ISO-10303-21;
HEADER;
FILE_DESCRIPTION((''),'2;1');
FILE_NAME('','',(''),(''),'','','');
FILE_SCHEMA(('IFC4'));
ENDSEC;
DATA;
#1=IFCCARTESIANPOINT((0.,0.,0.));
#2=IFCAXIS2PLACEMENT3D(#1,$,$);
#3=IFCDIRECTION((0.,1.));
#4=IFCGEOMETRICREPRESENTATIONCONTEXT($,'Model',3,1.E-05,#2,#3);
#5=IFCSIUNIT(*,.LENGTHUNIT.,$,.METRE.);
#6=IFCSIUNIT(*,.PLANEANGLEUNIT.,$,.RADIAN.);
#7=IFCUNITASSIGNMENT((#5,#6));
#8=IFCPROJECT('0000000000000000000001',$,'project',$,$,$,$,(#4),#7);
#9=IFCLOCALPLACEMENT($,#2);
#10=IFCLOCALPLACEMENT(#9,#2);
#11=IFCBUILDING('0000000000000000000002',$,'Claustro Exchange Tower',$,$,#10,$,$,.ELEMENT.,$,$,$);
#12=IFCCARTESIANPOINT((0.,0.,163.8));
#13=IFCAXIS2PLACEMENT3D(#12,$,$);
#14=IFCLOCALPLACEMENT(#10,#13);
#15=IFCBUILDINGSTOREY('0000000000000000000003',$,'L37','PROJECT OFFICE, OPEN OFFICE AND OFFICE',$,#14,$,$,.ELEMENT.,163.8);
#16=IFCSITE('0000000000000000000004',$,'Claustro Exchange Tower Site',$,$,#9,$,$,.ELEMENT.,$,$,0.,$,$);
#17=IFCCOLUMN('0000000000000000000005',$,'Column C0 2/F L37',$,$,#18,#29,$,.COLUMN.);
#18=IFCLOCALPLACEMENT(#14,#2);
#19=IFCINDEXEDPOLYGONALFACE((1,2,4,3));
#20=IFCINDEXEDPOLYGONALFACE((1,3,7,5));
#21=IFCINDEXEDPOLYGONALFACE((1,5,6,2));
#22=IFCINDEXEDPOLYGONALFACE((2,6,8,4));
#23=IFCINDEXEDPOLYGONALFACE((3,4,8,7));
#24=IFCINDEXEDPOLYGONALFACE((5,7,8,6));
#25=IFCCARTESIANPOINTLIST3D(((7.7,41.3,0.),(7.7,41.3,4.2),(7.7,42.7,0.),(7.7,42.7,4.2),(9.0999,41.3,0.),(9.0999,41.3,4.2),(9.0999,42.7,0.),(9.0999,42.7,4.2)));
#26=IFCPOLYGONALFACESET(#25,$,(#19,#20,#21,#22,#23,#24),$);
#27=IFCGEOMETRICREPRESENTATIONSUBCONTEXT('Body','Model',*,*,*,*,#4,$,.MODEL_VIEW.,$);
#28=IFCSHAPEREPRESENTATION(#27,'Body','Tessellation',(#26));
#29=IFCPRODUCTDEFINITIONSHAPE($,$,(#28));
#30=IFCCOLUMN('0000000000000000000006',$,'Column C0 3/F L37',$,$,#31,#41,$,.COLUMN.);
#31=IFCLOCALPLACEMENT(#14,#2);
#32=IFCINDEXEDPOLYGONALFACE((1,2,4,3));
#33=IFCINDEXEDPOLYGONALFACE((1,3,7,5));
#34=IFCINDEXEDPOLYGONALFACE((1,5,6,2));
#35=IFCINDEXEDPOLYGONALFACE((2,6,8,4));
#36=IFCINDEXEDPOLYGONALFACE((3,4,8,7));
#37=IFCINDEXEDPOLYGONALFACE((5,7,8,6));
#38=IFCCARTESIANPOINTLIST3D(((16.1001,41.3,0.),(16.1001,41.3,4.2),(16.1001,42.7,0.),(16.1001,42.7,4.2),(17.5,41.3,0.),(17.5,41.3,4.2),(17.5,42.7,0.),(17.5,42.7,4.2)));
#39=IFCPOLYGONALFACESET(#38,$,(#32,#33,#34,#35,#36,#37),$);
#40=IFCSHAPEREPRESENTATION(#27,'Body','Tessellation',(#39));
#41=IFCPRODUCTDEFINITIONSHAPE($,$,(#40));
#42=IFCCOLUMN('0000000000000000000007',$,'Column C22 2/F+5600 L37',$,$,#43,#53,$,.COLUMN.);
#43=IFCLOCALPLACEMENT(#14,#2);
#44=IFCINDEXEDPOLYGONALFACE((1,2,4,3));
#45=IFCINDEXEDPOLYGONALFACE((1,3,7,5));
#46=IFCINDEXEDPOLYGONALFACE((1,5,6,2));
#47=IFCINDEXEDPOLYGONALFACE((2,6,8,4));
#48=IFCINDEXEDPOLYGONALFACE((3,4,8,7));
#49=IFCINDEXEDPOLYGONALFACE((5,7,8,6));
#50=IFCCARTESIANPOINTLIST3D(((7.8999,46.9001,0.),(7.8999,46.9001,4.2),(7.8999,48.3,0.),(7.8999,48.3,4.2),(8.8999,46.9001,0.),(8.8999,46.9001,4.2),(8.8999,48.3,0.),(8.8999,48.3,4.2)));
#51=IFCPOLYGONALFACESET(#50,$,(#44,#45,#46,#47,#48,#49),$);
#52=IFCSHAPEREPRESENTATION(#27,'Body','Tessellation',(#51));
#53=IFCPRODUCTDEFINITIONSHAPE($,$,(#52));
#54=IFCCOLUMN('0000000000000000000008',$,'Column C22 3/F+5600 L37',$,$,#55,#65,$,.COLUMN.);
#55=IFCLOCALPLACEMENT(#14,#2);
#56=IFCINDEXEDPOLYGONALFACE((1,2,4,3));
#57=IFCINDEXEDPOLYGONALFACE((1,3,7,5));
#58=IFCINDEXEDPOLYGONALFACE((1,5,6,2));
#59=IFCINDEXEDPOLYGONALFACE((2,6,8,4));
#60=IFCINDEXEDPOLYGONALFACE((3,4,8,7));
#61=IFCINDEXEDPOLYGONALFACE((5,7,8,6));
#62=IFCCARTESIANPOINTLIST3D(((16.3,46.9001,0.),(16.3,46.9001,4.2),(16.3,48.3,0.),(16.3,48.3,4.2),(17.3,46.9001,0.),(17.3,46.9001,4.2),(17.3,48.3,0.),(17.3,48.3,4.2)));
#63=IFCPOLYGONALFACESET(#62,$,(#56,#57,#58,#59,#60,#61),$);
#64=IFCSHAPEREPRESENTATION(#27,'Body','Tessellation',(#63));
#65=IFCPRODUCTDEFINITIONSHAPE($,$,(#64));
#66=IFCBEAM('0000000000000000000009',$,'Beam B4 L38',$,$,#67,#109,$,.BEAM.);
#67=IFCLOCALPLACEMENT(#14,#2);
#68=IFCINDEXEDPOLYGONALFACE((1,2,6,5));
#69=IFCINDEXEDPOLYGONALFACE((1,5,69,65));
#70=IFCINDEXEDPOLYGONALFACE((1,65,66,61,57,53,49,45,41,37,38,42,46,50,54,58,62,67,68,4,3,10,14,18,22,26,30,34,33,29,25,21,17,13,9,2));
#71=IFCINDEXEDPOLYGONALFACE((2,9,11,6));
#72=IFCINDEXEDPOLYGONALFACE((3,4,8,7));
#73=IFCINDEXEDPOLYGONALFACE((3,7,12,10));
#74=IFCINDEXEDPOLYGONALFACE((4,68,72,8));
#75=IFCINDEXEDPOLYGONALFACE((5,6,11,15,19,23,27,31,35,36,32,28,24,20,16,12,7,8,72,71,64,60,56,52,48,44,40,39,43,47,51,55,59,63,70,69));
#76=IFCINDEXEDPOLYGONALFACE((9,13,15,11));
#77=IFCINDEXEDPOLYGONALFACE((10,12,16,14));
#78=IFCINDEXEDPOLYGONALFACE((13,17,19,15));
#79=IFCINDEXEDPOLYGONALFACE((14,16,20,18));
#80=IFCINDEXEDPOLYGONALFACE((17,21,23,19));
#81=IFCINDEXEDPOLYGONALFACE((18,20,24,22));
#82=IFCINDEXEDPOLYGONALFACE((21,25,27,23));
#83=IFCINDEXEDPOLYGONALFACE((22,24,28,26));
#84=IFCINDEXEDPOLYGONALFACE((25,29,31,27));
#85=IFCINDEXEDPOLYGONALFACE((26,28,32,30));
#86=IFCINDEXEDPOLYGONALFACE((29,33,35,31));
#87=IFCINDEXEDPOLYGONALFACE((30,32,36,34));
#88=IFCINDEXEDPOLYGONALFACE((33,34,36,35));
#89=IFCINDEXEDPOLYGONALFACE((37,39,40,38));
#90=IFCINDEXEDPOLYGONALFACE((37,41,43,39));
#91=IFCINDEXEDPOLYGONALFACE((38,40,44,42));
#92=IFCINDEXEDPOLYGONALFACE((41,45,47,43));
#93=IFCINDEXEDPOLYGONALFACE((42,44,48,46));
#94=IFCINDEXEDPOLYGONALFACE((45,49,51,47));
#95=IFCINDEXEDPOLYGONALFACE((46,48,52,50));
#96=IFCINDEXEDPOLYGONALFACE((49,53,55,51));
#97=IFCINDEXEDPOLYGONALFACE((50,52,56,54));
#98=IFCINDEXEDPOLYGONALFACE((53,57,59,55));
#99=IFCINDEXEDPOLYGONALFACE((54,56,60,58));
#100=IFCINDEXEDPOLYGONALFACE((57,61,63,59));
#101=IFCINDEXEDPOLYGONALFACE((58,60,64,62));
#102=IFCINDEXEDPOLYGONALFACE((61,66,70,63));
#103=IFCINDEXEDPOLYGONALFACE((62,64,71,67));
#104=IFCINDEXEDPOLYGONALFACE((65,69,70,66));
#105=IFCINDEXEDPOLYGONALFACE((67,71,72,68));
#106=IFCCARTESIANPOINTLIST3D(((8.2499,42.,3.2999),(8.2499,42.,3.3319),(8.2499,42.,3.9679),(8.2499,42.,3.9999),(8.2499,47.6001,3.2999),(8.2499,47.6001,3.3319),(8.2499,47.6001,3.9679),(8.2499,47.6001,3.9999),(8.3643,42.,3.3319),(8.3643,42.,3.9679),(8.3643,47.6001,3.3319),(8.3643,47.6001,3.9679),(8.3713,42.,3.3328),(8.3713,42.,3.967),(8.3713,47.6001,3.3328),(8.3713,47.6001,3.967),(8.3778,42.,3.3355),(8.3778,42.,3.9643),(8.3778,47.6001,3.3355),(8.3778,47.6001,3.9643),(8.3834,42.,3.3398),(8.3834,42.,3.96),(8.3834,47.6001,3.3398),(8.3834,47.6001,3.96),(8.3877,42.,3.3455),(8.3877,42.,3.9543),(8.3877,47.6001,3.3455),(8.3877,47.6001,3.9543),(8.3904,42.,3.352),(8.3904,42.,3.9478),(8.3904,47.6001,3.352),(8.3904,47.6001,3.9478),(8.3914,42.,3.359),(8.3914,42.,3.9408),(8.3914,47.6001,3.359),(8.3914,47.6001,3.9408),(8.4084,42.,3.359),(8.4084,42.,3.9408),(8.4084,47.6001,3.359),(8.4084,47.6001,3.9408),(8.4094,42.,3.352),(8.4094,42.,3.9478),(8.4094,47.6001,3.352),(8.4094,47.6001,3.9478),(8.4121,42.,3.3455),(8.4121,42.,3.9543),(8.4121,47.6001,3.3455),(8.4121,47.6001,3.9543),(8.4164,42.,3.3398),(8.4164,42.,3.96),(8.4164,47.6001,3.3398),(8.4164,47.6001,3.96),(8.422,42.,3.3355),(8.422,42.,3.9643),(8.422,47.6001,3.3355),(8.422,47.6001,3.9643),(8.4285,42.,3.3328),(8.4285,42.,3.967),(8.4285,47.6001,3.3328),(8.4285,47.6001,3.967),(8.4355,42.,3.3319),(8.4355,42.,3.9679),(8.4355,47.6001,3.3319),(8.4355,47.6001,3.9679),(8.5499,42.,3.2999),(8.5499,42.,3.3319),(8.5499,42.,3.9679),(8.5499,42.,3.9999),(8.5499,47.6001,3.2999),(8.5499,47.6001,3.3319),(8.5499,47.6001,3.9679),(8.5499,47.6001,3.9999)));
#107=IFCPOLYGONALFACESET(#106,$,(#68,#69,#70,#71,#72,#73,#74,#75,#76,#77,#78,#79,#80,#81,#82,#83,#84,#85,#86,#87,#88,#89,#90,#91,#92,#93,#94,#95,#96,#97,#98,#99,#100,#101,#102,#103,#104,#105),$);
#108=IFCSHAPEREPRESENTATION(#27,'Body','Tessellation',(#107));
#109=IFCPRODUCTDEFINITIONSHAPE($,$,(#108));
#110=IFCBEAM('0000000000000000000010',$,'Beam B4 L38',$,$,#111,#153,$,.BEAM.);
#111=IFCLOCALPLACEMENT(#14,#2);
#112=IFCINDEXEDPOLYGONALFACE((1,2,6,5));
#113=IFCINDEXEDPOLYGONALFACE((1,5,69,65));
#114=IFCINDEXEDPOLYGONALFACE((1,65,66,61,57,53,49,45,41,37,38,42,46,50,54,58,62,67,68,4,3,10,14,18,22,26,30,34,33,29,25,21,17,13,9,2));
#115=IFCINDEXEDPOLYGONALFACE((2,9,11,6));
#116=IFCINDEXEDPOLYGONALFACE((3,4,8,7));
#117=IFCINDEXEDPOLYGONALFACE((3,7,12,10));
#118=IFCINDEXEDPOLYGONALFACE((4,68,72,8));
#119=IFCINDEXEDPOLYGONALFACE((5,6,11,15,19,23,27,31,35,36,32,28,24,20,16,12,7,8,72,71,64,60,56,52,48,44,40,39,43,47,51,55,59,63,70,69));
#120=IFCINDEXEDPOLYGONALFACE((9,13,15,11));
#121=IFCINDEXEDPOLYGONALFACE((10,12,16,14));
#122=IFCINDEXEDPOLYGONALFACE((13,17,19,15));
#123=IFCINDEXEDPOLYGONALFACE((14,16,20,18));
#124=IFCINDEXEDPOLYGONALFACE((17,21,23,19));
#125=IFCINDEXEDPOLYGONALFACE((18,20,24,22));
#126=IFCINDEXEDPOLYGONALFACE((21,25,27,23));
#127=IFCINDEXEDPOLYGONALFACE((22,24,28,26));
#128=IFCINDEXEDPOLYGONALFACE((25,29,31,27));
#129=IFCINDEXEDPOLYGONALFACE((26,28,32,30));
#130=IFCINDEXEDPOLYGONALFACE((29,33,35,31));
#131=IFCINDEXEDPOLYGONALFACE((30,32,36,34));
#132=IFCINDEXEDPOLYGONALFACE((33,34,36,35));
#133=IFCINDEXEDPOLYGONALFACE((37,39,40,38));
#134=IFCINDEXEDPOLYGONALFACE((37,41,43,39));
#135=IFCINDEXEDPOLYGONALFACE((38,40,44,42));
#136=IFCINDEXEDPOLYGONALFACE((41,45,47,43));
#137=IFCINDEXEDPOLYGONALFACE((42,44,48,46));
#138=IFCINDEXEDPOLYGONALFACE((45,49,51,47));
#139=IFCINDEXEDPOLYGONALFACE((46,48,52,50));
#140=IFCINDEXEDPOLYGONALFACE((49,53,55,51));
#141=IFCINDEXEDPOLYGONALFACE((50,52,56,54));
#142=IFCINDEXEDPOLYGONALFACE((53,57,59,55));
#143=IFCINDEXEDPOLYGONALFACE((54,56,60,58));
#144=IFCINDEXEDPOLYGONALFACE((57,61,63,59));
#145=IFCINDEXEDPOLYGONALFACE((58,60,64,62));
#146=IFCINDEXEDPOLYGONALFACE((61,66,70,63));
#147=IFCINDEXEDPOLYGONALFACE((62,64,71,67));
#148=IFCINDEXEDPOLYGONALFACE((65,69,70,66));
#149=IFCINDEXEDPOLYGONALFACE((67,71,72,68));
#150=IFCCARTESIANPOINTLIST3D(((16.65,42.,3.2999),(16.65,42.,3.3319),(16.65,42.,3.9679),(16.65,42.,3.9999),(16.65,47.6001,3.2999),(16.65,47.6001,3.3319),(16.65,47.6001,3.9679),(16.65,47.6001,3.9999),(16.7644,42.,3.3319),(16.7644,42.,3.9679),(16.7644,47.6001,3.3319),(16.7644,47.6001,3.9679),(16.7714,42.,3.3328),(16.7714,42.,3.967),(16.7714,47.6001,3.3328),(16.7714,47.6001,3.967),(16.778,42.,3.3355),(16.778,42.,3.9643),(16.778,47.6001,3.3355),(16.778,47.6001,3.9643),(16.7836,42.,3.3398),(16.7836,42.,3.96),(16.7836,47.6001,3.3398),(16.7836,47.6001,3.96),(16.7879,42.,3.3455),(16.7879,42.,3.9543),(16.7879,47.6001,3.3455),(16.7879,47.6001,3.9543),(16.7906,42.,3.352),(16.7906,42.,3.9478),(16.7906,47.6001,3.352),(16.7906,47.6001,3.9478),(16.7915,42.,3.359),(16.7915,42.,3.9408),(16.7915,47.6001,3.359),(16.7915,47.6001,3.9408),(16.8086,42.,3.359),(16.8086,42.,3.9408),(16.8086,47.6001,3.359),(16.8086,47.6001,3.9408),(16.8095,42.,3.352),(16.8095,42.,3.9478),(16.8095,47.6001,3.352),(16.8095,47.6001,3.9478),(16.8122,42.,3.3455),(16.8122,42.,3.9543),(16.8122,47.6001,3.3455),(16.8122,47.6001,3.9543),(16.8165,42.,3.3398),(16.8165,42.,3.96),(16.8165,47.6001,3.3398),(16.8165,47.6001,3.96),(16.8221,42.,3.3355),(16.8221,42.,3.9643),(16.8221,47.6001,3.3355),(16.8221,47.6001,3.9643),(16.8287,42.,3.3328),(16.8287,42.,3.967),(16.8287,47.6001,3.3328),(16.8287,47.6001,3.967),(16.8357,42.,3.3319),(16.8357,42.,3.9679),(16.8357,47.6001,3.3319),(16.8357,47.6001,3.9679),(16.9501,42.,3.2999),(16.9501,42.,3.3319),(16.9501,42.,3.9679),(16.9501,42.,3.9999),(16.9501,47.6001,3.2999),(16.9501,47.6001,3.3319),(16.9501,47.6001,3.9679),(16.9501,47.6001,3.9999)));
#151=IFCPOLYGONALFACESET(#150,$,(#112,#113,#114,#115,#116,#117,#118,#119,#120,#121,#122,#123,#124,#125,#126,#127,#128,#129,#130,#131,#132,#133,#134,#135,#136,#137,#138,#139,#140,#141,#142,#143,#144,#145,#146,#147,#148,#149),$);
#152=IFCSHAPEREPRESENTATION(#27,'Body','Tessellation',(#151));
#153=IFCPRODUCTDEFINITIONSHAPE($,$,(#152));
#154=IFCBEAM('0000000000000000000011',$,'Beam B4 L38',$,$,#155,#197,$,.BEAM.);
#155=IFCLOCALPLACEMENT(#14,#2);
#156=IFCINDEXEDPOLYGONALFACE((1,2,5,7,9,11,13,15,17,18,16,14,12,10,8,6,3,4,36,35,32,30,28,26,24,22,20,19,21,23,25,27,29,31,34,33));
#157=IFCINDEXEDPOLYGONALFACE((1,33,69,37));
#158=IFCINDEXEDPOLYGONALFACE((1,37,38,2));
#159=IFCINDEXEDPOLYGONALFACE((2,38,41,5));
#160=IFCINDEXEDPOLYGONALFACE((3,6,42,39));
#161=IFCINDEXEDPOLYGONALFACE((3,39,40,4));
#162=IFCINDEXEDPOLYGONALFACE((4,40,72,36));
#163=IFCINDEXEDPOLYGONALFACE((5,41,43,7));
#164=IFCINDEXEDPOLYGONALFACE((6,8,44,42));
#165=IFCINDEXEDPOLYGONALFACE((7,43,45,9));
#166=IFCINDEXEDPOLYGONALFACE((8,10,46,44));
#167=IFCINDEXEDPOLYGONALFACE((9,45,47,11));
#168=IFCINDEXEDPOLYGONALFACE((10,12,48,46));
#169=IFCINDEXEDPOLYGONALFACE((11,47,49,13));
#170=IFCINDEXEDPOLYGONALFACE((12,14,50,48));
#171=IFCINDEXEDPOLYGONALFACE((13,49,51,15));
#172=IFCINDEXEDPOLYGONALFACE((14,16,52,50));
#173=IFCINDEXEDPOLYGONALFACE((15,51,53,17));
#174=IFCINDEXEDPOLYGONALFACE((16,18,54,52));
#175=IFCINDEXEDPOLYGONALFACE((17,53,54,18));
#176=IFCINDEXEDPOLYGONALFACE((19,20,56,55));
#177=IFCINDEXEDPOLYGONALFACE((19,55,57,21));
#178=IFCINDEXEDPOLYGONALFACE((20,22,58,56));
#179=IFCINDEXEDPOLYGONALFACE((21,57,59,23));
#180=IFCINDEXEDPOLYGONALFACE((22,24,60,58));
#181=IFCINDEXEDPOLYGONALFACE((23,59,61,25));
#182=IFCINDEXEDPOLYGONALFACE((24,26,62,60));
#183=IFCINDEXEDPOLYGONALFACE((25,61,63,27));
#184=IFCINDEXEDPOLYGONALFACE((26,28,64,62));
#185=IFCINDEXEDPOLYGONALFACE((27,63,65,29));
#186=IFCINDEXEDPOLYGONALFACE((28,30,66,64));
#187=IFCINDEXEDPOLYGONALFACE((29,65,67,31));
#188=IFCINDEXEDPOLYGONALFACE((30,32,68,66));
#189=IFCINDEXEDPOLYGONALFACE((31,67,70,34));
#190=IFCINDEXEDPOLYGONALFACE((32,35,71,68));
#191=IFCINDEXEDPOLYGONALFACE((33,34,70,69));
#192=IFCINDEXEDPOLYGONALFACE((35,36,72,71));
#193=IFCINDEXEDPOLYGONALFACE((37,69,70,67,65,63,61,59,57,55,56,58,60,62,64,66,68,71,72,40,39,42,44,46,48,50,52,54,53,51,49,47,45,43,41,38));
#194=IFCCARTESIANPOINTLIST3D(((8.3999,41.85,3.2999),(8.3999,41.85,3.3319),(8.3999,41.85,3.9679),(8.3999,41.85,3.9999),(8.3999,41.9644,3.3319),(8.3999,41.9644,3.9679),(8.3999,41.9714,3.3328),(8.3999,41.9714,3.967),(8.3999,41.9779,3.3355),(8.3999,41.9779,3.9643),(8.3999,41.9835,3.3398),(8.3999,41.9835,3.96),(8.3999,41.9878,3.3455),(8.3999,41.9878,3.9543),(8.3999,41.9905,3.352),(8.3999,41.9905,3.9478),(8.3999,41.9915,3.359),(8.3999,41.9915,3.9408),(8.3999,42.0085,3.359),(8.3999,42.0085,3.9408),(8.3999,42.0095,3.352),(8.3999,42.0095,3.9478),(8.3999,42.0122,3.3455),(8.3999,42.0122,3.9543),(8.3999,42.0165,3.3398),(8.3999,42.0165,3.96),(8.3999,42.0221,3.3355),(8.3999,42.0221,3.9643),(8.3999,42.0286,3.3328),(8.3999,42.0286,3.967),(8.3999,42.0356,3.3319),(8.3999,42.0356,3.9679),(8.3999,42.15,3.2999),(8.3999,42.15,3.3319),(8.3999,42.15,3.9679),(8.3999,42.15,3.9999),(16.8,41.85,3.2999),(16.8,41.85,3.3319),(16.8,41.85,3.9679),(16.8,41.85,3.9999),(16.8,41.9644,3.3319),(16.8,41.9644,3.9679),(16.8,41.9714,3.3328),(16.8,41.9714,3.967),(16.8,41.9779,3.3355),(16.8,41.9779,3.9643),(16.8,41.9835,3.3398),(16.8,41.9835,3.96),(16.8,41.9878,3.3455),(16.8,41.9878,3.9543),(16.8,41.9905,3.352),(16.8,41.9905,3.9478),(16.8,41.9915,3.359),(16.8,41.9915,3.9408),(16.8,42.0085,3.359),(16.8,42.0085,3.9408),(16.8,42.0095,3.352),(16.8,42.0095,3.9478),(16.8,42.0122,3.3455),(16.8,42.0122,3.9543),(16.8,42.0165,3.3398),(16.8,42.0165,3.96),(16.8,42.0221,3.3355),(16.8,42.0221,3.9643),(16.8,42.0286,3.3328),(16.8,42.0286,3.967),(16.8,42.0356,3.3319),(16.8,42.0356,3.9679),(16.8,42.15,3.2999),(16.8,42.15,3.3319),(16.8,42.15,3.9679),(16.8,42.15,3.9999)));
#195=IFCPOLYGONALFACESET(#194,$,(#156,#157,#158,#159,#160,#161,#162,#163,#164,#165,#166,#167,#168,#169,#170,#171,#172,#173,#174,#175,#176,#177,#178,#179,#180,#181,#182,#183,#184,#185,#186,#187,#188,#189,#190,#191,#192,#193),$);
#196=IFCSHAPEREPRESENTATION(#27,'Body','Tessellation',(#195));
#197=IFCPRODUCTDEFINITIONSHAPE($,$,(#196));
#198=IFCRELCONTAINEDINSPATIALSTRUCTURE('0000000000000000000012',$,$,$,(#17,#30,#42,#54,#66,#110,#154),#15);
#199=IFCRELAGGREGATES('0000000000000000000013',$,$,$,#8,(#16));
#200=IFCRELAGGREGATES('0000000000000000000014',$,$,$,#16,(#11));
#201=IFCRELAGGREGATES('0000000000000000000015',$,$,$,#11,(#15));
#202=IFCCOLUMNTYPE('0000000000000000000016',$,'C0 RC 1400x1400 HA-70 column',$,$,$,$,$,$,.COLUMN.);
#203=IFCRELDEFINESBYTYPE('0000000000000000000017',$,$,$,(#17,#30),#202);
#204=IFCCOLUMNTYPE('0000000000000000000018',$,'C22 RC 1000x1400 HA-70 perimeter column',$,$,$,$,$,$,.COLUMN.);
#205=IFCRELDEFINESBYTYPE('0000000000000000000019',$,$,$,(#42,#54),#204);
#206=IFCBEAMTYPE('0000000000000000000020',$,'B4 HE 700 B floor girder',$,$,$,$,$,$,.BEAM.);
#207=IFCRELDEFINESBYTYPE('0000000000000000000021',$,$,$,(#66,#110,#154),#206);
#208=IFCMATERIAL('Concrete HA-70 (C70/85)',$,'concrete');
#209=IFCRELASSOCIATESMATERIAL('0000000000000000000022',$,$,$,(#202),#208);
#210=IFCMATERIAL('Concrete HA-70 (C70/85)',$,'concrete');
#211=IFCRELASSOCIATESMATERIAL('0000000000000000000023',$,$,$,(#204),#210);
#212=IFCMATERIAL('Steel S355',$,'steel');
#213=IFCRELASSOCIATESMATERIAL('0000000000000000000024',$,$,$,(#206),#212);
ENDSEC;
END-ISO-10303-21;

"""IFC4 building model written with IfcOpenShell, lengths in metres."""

from ifc_helpers import new_model, si_unit, direction, frame, origin, origin_2d, place, context, subcontext, project, spatial, rectangle, i_section, extrude, material, material_profile, profile_set, type_object, element, save


model = new_model("IFC4")

# Units and contexts
model_context = context("Model", 3, precision=1e-05, world=origin(), true_north=direction((0.0, 1.0)))
body_context = subcontext(model_context, "Body", "Model", "MODEL_VIEW")
ifc_project = project(units=[si_unit("LENGTHUNIT", "METRE"), si_unit("PLANEANGLEUNIT", "RADIAN")], contexts=[model_context])

# Site, building, storey
site_placement = place(None, origin())
site = spatial("IfcSite", under=ifc_project, at=site_placement, Name="Claustro Exchange Tower Site", CompositionType="ELEMENT", RefElevation=0.0)
building_placement = place(site_placement, origin())
building = spatial("IfcBuilding", under=site, at=building_placement, Name="Claustro Exchange Tower", CompositionType="ELEMENT")
storey_placement = place(building_placement, frame((0.0, 0.0, 163.8)))
storey = spatial("IfcBuildingStorey", under=building, at=storey_placement, Name="L37", Description="PROJECT OFFICE, OPEN OFFICE AND OFFICE", CompositionType="ELEMENT", Elevation=163.8)

# Columns
ifc_material_1 = material(Name="Concrete HA-70 (C70/85)", Category="concrete")
ifc_material_profile_1 = material_profile(ifc_material_1, rectangle(XDim=1.3999, YDim=1.3999, at=origin_2d()), Name="RC 1400x1400")
ifc_profile_set_1 = profile_set([ifc_material_profile_1], Name="Concrete HA-70 (C70/85)")
column_type_1 = type_object("IfcColumnType", Name="C0 RC 1400x1400 HA-70 column", PredefinedType="COLUMN", material=ifc_profile_set_1)
for number, where, z_axis, x_axis, name in (
    (1, (8.3999, 42.0, 0.0), (0.0, 0.0, 1.0), (1.0, 0.0, 0.0), "Column C0 2/F L37"),
    (2, (16.8, 42.0, 0.0), (0.0, 0.0, 1.0), (1.0, 0.0, 0.0), "Column C0 3/F L37"),
):
    element("IfcColumn", number, at=place(storey_placement, frame(where, z_axis=z_axis, x_axis=x_axis)), inside=storey, type_object=column_type_1, Name=name, PredefinedType="COLUMN", context=body_context, shape_type="SweptSolid", body=[
        extrude(rectangle(XDim=1.3999, YDim=1.3999, at=origin_2d()), origin(), (0.0, 0.0, 1.0), 4.2),
    ])
ifc_material_2 = material(Name="Concrete HA-70 (C70/85)", Category="concrete")
ifc_material_profile_2 = material_profile(ifc_material_2, rectangle(XDim=1.0, YDim=1.3999, at=origin_2d()), Name="RC 1000x1400")
ifc_profile_set_2 = profile_set([ifc_material_profile_2], Name="Concrete HA-70 (C70/85)")
column_type_2 = type_object("IfcColumnType", Name="C22 RC 1000x1400 HA-70 perimeter column", PredefinedType="COLUMN", material=ifc_profile_set_2)
for number, where, z_axis, x_axis, name in (
    (3, (8.3999, 47.6001, 0.0), (0.0, 0.0, 1.0), (1.0, 0.0, 0.0), "Column C22 2/F+5600 L37"),
    (4, (16.8, 47.6001, 0.0), (0.0, 0.0, 1.0), (1.0, 0.0, 0.0), "Column C22 3/F+5600 L37"),
):
    element("IfcColumn", number, at=place(storey_placement, frame(where, z_axis=z_axis, x_axis=x_axis)), inside=storey, type_object=column_type_2, Name=name, PredefinedType="COLUMN", context=body_context, shape_type="SweptSolid", body=[
        extrude(rectangle(XDim=1.0, YDim=1.3999, at=origin_2d()), origin(), (0.0, 0.0, 1.0), 4.2),
    ])

# Beams
ifc_material_3 = material(Name="Steel S355", Category="steel")
ifc_material_profile_3 = material_profile(ifc_material_3, i_section(OverallWidth=0.3, OverallDepth=0.7, WebThickness=0.0171, FlangeThickness=0.032, FilletRadius=0.0271, at=origin_2d()), Name="HE 700 B")
ifc_profile_set_3 = profile_set([ifc_material_profile_3], Name="Steel S355")
beam_type_1 = type_object("IfcBeamType", Name="B4 HE 700 B floor girder", PredefinedType="BEAM", material=ifc_profile_set_3)
for number, where, z_axis, x_axis, name in (
    (5, (8.3999, 42.0, 3.6499), (0.0, 1.0, 0.0), (-1.0, 0.0, 0.0), "Beam B4 L38"),
    (6, (16.8, 42.0, 3.6499), (0.0, 1.0, 0.0), (-1.0, 0.0, 0.0), "Beam B4 L38"),
):
    element("IfcBeam", number, at=place(storey_placement, frame(where, z_axis=z_axis, x_axis=x_axis)), inside=storey, type_object=beam_type_1, Name=name, PredefinedType="BEAM", context=body_context, shape_type="SweptSolid", body=[
        extrude(i_section(OverallWidth=0.3, OverallDepth=0.7, WebThickness=0.0171, FlangeThickness=0.032, FilletRadius=0.0271, at=origin_2d()), origin(), (0.0, 0.0, 1.0), 5.6001),
    ])
beam_1_placement = place(storey_placement, frame((8.3999, 42.0, 3.6499), z_axis=(1.0, 0.0, 0.0), x_axis=(0.0, 1.0, 0.0)))
element("IfcBeam", 7, at=beam_1_placement, inside=storey, type_object=beam_type_1, Name="Beam B4 L38", PredefinedType="BEAM", context=body_context, shape_type="SweptSolid", body=[
    extrude(i_section(OverallWidth=0.3, OverallDepth=0.7, WebThickness=0.0171, FlangeThickness=0.032, FilletRadius=0.0271, at=origin_2d()), origin(), (0.0, 0.0, 1.0), 8.4001),
])

save(model, "model.ifc")
